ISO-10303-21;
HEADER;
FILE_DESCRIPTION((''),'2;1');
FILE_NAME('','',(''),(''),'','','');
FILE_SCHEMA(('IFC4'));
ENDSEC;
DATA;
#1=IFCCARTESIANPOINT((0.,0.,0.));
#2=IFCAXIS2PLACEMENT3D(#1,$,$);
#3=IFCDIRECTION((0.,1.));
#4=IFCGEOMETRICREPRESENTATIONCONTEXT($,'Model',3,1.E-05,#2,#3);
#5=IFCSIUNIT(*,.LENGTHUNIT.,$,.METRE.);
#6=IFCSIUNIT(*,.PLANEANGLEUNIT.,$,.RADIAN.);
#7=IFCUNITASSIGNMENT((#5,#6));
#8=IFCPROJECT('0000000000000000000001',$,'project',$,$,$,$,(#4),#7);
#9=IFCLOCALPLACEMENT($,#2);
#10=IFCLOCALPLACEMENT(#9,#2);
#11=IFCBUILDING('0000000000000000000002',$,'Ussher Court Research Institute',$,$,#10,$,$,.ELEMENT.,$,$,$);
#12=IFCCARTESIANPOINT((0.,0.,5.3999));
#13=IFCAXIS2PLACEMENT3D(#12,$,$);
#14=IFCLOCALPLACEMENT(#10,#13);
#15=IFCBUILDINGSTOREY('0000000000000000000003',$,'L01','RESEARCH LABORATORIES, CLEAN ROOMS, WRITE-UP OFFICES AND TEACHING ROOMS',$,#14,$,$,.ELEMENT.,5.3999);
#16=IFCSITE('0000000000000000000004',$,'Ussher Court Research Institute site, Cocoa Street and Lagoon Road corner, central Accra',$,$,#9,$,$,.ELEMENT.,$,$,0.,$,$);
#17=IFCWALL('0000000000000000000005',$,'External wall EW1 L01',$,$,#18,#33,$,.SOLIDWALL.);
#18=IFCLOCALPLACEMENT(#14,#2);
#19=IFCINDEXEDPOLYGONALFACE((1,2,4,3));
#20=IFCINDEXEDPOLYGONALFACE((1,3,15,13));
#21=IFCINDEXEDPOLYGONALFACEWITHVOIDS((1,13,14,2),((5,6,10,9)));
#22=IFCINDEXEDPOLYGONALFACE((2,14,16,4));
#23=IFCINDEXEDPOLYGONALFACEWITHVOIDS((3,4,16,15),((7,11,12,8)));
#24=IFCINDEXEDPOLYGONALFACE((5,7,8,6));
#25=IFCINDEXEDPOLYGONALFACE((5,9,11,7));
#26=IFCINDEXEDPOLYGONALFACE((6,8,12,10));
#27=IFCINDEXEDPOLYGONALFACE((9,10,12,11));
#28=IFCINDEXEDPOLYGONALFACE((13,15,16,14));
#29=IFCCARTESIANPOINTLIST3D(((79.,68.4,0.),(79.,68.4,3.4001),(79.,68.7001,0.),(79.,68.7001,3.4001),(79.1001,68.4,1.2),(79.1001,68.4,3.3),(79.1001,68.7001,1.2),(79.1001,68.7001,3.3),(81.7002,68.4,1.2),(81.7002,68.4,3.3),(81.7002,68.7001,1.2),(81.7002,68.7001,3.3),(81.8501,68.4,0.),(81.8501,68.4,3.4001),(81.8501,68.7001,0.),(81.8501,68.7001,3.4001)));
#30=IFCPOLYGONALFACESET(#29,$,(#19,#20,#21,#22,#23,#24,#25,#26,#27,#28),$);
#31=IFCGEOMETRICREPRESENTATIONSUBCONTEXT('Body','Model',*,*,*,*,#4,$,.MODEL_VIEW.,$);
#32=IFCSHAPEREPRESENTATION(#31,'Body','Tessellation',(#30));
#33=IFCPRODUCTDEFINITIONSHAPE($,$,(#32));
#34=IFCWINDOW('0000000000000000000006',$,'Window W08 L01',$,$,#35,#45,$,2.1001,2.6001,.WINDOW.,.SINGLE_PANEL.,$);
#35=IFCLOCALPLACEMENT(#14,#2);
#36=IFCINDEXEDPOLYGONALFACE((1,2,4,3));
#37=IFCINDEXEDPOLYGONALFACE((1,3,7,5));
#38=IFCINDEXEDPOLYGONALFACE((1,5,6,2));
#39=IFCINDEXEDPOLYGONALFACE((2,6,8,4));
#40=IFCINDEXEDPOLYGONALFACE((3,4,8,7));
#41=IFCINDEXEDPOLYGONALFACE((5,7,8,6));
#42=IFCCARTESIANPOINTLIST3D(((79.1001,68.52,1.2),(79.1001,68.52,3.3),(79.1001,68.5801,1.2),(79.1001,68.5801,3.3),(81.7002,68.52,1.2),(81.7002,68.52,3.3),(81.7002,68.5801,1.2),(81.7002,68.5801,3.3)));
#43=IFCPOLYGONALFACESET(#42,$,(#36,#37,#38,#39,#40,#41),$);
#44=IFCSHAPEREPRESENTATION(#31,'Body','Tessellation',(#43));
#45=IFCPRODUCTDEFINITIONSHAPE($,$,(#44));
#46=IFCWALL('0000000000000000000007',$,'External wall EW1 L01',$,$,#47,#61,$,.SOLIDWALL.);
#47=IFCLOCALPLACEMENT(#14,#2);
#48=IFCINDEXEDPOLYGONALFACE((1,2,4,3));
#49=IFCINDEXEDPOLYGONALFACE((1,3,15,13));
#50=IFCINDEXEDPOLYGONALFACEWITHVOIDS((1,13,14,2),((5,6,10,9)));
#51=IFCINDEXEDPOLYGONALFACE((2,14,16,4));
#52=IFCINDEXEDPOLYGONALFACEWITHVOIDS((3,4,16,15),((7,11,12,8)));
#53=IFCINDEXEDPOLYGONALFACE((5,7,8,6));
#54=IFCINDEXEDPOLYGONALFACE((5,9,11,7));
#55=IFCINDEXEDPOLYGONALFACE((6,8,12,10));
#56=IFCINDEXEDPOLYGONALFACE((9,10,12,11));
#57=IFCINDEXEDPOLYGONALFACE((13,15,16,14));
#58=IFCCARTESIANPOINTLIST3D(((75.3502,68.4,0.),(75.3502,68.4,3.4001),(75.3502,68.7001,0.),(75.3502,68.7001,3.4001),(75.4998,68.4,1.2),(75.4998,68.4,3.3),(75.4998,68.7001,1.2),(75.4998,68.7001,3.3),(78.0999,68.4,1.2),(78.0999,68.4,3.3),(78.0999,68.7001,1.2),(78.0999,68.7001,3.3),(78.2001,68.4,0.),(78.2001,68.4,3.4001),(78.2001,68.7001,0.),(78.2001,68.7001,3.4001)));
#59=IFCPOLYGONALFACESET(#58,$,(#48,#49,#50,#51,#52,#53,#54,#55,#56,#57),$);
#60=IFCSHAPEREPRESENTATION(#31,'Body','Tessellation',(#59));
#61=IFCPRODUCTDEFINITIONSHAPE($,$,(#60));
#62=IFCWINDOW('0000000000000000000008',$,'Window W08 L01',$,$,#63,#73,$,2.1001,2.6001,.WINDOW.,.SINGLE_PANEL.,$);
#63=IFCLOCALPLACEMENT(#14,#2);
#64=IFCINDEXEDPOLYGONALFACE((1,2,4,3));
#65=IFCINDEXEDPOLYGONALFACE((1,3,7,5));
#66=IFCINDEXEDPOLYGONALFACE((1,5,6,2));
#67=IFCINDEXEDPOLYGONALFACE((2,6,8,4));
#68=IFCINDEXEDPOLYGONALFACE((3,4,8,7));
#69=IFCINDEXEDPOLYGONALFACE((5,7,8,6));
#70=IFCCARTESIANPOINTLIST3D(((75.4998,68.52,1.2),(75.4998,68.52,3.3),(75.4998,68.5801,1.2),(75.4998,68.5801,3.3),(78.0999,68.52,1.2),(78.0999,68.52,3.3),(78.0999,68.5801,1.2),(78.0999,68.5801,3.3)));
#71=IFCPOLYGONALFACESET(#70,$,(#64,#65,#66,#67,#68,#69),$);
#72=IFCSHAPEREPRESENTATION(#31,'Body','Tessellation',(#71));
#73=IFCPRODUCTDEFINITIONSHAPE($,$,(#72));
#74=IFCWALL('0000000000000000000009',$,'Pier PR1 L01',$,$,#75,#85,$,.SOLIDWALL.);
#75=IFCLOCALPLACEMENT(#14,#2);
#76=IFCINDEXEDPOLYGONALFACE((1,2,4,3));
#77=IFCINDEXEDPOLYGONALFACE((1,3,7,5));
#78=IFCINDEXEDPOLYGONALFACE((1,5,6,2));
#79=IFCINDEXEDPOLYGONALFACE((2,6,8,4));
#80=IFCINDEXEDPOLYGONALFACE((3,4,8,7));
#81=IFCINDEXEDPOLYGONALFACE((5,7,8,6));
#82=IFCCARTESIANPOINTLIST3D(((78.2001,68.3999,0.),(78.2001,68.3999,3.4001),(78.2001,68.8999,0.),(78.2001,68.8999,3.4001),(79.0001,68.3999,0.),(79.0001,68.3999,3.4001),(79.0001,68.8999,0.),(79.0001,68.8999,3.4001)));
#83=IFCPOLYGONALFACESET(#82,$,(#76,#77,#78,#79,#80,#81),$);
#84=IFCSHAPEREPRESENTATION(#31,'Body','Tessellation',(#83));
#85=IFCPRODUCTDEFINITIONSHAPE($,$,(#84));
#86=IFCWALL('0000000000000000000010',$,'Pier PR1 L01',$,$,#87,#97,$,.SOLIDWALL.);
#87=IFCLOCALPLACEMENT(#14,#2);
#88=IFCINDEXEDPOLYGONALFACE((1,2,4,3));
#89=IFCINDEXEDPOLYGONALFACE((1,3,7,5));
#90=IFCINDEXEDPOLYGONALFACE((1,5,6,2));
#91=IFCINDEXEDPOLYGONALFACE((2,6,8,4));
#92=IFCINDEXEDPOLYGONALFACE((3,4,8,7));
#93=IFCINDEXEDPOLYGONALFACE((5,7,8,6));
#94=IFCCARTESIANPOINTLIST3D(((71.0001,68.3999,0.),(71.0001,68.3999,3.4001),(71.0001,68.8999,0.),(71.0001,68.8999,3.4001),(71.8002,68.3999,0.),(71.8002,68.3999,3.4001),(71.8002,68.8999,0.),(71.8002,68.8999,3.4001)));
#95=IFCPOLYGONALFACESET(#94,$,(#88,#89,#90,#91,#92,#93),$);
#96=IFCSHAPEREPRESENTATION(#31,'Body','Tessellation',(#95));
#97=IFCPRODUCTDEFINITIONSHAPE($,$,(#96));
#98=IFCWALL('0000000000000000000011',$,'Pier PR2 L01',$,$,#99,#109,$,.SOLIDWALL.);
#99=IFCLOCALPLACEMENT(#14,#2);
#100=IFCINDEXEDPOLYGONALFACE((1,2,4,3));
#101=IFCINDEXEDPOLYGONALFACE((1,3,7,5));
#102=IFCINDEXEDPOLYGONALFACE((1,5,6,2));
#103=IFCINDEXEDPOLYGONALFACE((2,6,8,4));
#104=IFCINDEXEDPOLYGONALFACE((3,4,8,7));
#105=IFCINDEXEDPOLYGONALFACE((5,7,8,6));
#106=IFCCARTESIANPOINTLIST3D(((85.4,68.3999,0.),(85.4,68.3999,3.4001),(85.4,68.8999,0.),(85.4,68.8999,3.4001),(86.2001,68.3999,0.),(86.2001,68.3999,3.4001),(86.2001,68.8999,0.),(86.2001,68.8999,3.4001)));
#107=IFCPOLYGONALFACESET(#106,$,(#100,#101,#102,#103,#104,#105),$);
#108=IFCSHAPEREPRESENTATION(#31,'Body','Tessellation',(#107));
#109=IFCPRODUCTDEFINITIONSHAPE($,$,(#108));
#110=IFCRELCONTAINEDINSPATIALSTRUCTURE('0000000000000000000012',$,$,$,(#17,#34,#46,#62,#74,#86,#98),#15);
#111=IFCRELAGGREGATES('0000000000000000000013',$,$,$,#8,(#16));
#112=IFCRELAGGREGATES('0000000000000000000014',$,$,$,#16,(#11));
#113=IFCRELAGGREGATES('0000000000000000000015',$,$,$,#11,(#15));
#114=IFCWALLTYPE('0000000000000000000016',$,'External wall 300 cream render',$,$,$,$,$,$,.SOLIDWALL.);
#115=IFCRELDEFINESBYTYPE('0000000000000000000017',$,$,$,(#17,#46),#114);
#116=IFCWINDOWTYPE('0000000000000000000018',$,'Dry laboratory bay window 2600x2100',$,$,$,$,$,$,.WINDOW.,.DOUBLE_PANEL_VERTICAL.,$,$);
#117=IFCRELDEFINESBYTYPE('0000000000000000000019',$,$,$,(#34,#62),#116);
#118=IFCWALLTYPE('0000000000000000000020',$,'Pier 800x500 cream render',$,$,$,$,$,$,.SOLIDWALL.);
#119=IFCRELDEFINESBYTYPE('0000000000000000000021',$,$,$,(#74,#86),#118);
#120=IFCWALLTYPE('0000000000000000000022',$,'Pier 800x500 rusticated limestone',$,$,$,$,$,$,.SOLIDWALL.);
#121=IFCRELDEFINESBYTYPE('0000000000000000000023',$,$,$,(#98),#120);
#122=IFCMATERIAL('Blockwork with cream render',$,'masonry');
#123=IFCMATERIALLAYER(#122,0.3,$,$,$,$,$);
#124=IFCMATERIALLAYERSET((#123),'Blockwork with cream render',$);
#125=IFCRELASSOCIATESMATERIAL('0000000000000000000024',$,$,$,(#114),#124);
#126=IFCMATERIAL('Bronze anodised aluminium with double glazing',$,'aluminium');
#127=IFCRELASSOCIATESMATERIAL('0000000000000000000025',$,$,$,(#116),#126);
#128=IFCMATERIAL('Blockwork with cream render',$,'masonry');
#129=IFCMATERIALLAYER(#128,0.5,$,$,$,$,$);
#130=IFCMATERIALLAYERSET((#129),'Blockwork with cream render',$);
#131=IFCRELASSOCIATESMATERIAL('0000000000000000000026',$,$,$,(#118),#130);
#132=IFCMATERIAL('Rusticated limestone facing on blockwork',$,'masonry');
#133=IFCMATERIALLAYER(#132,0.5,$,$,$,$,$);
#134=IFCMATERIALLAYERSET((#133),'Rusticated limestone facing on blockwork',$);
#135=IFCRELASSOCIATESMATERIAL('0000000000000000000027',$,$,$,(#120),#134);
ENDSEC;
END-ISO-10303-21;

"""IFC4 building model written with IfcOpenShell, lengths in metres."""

from ifc_helpers import new_model, si_unit, direction, frame, frame_2d, origin, place, context, subcontext, project, spatial, rectangle, extrude, material, layer, layer_set, type_object, element, fill, save


model = new_model("IFC4")

# Units and contexts
model_context = context("Model", 3, precision=1e-05, world=origin(), true_north=direction((0.0, 1.0)))
body_context = subcontext(model_context, "Body", "Model", "MODEL_VIEW")
ifc_project = project(units=[si_unit("LENGTHUNIT", "METRE"), si_unit("PLANEANGLEUNIT", "RADIAN")], contexts=[model_context])

# Site, building, storey
site_placement = place(None, origin())
site = spatial("IfcSite", under=ifc_project, at=site_placement, Name="Ussher Court Research Institute site, Cocoa Street and Lagoon Road corner, central Accra", CompositionType="ELEMENT", RefElevation=0.0)
building_placement = place(site_placement, origin())
building = spatial("IfcBuilding", under=site, at=building_placement, Name="Ussher Court Research Institute", CompositionType="ELEMENT")
storey_placement = place(building_placement, frame((0.0, 0.0, 5.3999)))
storey = spatial("IfcBuildingStorey", under=building, at=storey_placement, Name="L01", Description="RESEARCH LABORATORIES, CLEAN ROOMS, WRITE-UP OFFICES AND TEACHING ROOMS", CompositionType="ELEMENT", Elevation=5.3999)

# Walls, openings, windows
ifc_material_1 = material(Name="Blockwork with cream render", Category="masonry")
ifc_layer_1 = layer(ifc_material_1, 0.3)
ifc_layer_set_1 = layer_set([ifc_layer_1], Name="Blockwork with cream render")
wall_type_1 = type_object("IfcWallType", Name="External wall 300 cream render", PredefinedType="SOLIDWALL", material=ifc_layer_set_1)
wall_1_placement = place(storey_placement, frame((81.8501, 68.55, 0.0), z_axis=(0.0, 0.0, 1.0), x_axis=(-1.0, 0.0, 0.0)))
wall_1 = element("IfcWall", 1, at=wall_1_placement, inside=storey, type_object=wall_type_1, Name="External wall EW1 L01", PredefinedType="SOLIDWALL", context=body_context, shape_type="SweptSolid", body=[
    extrude(rectangle(XDim=2.8501, YDim=0.3, at=frame_2d((1.425, 0.0))), origin(), (0.0, 0.0, 1.0), 3.4001),
])
opening_1_placement = place(wall_1_placement, frame((0.1499, 0.0, 1.2)))
opening_1 = element("IfcOpeningElement", 2, at=opening_1_placement, cuts=wall_1, PredefinedType="OPENING", context=body_context, shape_type="SweptSolid", body=[
    extrude(rectangle(XDim=2.6001, YDim=2.1001, at=frame_2d((1.3, 1.05))), frame((0.0, 0.1602, 0.0), z_axis=(0.0, -1.0, 0.0), x_axis=(1.0, 0.0, 0.0)), (0.0, 0.0, 1.0), 0.3201),
])
ifc_material_2 = material(Name="Bronze anodised aluminium with double glazing", Category="aluminium")
window_type_1 = type_object("IfcWindowType", Name="Dry laboratory bay window 2600x2100", PartitioningType="DOUBLE_PANEL_VERTICAL", PredefinedType="WINDOW", material=ifc_material_2)
window_1_placement = place(opening_1_placement, origin())
window_1 = element("IfcWindow", 3, at=window_1_placement, inside=storey, type_object=window_type_1, Name="Window W08 L01", OverallHeight=2.1001, OverallWidth=2.6001, PartitioningType="SINGLE_PANEL", PredefinedType="WINDOW", context=body_context, shape_type="SweptSolid", body=[
    extrude(rectangle(XDim=2.6001, YDim=2.1001, at=frame_2d((1.3, 1.05))), frame((0.0, 0.03, 0.0), z_axis=(0.0, -1.0, 0.0), x_axis=(1.0, 0.0, 0.0)), (0.0, 0.0, 1.0), 0.0601),
])
fill(opening_1, window_1)
wall_2_placement = place(storey_placement, frame((78.2, 68.55, 0.0), z_axis=(0.0, 0.0, 1.0), x_axis=(-1.0, 0.0, 0.0)))
wall_2 = element("IfcWall", 4, at=wall_2_placement, inside=storey, type_object=wall_type_1, Name="External wall EW1 L01", PredefinedType="SOLIDWALL", context=body_context, shape_type="SweptSolid", body=[
    extrude(rectangle(XDim=2.8499, YDim=0.3, at=frame_2d((1.4248, 0.0))), origin(), (0.0, 0.0, 1.0), 3.4001),
])
opening_2_placement = place(wall_2_placement, frame((0.1001, 0.0, 1.2)))
opening_2 = element("IfcOpeningElement", 5, at=opening_2_placement, cuts=wall_2, PredefinedType="OPENING", context=body_context, shape_type="SweptSolid", body=[
    extrude(rectangle(XDim=2.6001, YDim=2.1001, at=frame_2d((1.3, 1.05))), frame((0.0, 0.1602, 0.0), z_axis=(0.0, -1.0, 0.0), x_axis=(1.0, 0.0, 0.0)), (0.0, 0.0, 1.0), 0.3201),
])
window_2_placement = place(opening_2_placement, origin())
window_2 = element("IfcWindow", 6, at=window_2_placement, inside=storey, type_object=window_type_1, Name="Window W08 L01", OverallHeight=2.1001, OverallWidth=2.6001, PartitioningType="SINGLE_PANEL", PredefinedType="WINDOW", context=body_context, shape_type="SweptSolid", body=[
    extrude(rectangle(XDim=2.6001, YDim=2.1001, at=frame_2d((1.3, 1.05))), frame((0.0, 0.03, 0.0), z_axis=(0.0, -1.0, 0.0), x_axis=(1.0, 0.0, 0.0)), (0.0, 0.0, 1.0), 0.0601),
])
fill(opening_2, window_2)

# Walls
ifc_material_3 = material(Name="Blockwork with cream render", Category="masonry")
ifc_layer_2 = layer(ifc_material_3, 0.5)
ifc_layer_set_2 = layer_set([ifc_layer_2], Name="Blockwork with cream render")
wall_type_2 = type_object("IfcWallType", Name="Pier 800x500 cream render", PredefinedType="SOLIDWALL", material=ifc_layer_set_2)
for number, where, z_axis, x_axis, name in (
    (7, (79.0, 68.6499, 0.0), (0.0, 0.0, 1.0), (-1.0, 0.0, 0.0), "Pier PR1 L01"),
    (8, (71.8, 68.6499, 0.0), (0.0, 0.0, 1.0), (-1.0, 0.0, 0.0), "Pier PR1 L01"),
):
    element("IfcWall", number, at=place(storey_placement, frame(where, z_axis=z_axis, x_axis=x_axis)), inside=storey, type_object=wall_type_2, Name=name, PredefinedType="SOLIDWALL", context=body_context, shape_type="SweptSolid", body=[
        extrude(rectangle(XDim=0.8, YDim=0.5, at=frame_2d((0.3999, 0.0))), origin(), (0.0, 0.0, 1.0), 3.4001),
    ])
ifc_material_4 = material(Name="Rusticated limestone facing on blockwork", Category="masonry")
ifc_layer_3 = layer(ifc_material_4, 0.5)
ifc_layer_set_3 = layer_set([ifc_layer_3], Name="Rusticated limestone facing on blockwork")
wall_type_3 = type_object("IfcWallType", Name="Pier 800x500 rusticated limestone", PredefinedType="SOLIDWALL", material=ifc_layer_set_3)
wall_3_placement = place(storey_placement, frame((86.2, 68.6499, 0.0), z_axis=(0.0, 0.0, 1.0), x_axis=(-1.0, 0.0, 0.0)))
element("IfcWall", 9, at=wall_3_placement, inside=storey, type_object=wall_type_3, Name="Pier PR2 L01", PredefinedType="SOLIDWALL", context=body_context, shape_type="SweptSolid", body=[
    extrude(rectangle(XDim=0.8, YDim=0.5, at=frame_2d((0.3999, 0.0))), origin(), (0.0, 0.0, 1.0), 3.4001),
])

save(model, "model.ifc")
